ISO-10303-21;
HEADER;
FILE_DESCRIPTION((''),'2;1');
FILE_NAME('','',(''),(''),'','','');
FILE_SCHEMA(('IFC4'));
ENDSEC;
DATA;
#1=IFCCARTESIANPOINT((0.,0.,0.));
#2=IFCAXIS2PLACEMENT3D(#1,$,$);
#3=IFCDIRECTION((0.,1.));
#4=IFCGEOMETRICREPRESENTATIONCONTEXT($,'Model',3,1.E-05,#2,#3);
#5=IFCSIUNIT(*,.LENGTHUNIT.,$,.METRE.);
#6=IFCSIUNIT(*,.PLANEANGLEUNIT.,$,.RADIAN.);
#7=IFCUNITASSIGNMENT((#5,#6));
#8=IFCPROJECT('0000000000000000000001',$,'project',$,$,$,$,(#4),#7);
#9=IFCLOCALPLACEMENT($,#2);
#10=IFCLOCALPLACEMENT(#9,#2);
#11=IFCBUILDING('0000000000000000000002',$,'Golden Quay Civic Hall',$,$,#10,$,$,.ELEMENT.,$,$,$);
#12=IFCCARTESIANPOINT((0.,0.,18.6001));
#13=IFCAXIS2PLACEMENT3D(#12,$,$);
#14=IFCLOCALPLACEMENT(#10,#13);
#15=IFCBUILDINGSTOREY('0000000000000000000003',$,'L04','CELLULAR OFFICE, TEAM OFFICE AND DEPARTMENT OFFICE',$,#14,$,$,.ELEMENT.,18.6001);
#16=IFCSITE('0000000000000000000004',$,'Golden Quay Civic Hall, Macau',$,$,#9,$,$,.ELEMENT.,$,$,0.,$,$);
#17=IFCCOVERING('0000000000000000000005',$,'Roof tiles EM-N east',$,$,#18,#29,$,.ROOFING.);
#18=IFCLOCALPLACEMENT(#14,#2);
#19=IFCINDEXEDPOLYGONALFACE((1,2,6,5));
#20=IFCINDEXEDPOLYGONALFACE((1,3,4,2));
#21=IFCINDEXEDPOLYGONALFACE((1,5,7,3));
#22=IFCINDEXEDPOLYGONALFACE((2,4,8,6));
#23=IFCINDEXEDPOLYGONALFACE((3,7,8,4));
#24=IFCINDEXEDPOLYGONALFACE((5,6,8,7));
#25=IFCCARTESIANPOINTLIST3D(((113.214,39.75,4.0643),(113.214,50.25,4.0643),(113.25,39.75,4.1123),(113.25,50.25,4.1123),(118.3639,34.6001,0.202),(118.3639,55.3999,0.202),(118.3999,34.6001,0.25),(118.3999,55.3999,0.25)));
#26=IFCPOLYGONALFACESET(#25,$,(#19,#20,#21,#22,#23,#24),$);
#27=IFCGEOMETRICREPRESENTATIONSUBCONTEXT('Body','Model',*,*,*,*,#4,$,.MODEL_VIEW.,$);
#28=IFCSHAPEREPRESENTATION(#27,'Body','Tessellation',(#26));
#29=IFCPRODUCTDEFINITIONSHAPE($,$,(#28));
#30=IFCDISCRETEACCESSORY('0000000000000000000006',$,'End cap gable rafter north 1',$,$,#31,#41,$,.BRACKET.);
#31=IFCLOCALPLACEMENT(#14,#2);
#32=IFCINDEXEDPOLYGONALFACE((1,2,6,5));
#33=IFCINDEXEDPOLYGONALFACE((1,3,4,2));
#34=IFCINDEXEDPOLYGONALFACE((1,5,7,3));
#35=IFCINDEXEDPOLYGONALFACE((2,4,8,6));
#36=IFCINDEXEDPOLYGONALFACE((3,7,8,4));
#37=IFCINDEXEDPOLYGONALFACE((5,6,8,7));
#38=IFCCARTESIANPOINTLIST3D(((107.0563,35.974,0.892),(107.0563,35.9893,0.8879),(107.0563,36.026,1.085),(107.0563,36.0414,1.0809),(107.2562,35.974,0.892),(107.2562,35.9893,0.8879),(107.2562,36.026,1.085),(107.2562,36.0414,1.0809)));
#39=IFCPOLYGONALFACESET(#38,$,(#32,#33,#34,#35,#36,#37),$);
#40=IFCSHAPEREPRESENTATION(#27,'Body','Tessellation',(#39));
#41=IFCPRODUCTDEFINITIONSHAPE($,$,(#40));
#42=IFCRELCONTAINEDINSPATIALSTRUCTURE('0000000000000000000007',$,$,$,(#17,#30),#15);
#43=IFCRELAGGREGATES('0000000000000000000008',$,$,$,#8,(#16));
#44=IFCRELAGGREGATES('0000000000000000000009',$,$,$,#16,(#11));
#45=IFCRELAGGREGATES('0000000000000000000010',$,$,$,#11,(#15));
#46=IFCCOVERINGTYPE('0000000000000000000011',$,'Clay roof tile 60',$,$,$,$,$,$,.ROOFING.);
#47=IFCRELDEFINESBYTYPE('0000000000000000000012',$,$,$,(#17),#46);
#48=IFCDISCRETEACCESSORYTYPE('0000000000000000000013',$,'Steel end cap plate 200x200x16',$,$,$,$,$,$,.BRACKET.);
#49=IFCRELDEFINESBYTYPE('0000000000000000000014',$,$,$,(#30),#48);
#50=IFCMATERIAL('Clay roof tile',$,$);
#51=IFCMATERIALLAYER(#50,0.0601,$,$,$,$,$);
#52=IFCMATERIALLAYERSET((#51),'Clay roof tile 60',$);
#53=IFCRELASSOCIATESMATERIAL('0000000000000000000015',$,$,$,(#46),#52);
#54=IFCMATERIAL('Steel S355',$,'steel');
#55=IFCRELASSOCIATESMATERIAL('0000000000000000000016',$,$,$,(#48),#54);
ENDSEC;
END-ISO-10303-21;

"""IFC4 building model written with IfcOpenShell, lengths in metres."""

from ifc_helpers import new_model, si_unit, direction, frame, origin, origin_2d, place, context, subcontext, project, spatial, polyline, rectangle, outline, extrude, material, layer, layer_set, material_profile, profile_set, type_object, element, save


model = new_model("IFC4")

# Units and contexts
model_context = context("Model", 3, precision=1e-05, world=origin(), true_north=direction((0.0, 1.0)))
body_context = subcontext(model_context, "Body", "Model", "MODEL_VIEW")
ifc_project = project(units=[si_unit("LENGTHUNIT", "METRE"), si_unit("PLANEANGLEUNIT", "RADIAN")], contexts=[model_context])

# Site, building, storey
site_placement = place(None, origin())
site = spatial("IfcSite", under=ifc_project, at=site_placement, Name="Golden Quay Civic Hall, Macau", CompositionType="ELEMENT", RefElevation=0.0)
building_placement = place(site_placement, origin())
building = spatial("IfcBuilding", under=site, at=building_placement, Name="Golden Quay Civic Hall", CompositionType="ELEMENT")
storey_placement = place(building_placement, frame((0.0, 0.0, 18.6001)))
storey = spatial("IfcBuildingStorey", under=building, at=storey_placement, Name="L04", Description="CELLULAR OFFICE, TEAM OFFICE AND DEPARTMENT OFFICE", CompositionType="ELEMENT", Elevation=18.6001)

# Covering
ifc_material_1 = material(Name="Clay roof tile")
ifc_layer_1 = layer(ifc_material_1, 0.0601)
ifc_layer_set_1 = layer_set([ifc_layer_1], Name="Clay roof tile 60")
covering_type = type_object("IfcCoveringType", Name="Clay roof tile 60", PredefinedType="ROOFING", material=ifc_layer_set_1)
covering_placement = place(storey_placement, frame((118.3999, 34.6001, 0.25), z_axis=(0.599988, 0.0, 0.800009), x_axis=(0.0, 1.0, 0.0)))
element("IfcCovering", 1, at=covering_placement, inside=storey, type_object=covering_type, Name="Roof tiles EM-N east", PredefinedType="ROOFING", context=body_context, shape_type="SweptSolid", body=[
    extrude(outline(polyline([(0.0, 0.0), (20.7998, 0.0), (15.6499, 6.4373), (5.1499, 6.4373), (0.0, 0.0)])), origin(), (0.0, 0.0, -1.0), 0.0601),
])

# Discrete accessory
ifc_material_2 = material(Name="Steel S355", Category="steel")
ifc_material_profile_1 = material_profile(ifc_material_2, rectangle(XDim=0.2, YDim=0.2, at=origin_2d()), Name="Steel end cap plate 200x200x16")
ifc_profile_set_1 = profile_set([ifc_material_profile_1], Name="Steel S355")
discrete_accessory_type = type_object("IfcDiscreteAccessoryType", Name="Steel end cap plate 200x200x16", PredefinedType="BRACKET", material=ifc_profile_set_1)
discrete_accessory_placement = place(storey_placement, frame((107.1562, 36.0, 0.9885), z_axis=(0.0, 0.965468, -0.260523), x_axis=(-1.0, 0.0, 0.0)))
element("IfcDiscreteAccessory", 2, at=discrete_accessory_placement, inside=storey, type_object=discrete_accessory_type, Name="End cap gable rafter north 1", PredefinedType="BRACKET", context=body_context, shape_type="SweptSolid", body=[
    extrude(rectangle(XDim=0.2, YDim=0.2, at=origin_2d()), origin(), (0.0, 0.0, 1.0), 0.0159),
])

save(model, "model.ifc")
